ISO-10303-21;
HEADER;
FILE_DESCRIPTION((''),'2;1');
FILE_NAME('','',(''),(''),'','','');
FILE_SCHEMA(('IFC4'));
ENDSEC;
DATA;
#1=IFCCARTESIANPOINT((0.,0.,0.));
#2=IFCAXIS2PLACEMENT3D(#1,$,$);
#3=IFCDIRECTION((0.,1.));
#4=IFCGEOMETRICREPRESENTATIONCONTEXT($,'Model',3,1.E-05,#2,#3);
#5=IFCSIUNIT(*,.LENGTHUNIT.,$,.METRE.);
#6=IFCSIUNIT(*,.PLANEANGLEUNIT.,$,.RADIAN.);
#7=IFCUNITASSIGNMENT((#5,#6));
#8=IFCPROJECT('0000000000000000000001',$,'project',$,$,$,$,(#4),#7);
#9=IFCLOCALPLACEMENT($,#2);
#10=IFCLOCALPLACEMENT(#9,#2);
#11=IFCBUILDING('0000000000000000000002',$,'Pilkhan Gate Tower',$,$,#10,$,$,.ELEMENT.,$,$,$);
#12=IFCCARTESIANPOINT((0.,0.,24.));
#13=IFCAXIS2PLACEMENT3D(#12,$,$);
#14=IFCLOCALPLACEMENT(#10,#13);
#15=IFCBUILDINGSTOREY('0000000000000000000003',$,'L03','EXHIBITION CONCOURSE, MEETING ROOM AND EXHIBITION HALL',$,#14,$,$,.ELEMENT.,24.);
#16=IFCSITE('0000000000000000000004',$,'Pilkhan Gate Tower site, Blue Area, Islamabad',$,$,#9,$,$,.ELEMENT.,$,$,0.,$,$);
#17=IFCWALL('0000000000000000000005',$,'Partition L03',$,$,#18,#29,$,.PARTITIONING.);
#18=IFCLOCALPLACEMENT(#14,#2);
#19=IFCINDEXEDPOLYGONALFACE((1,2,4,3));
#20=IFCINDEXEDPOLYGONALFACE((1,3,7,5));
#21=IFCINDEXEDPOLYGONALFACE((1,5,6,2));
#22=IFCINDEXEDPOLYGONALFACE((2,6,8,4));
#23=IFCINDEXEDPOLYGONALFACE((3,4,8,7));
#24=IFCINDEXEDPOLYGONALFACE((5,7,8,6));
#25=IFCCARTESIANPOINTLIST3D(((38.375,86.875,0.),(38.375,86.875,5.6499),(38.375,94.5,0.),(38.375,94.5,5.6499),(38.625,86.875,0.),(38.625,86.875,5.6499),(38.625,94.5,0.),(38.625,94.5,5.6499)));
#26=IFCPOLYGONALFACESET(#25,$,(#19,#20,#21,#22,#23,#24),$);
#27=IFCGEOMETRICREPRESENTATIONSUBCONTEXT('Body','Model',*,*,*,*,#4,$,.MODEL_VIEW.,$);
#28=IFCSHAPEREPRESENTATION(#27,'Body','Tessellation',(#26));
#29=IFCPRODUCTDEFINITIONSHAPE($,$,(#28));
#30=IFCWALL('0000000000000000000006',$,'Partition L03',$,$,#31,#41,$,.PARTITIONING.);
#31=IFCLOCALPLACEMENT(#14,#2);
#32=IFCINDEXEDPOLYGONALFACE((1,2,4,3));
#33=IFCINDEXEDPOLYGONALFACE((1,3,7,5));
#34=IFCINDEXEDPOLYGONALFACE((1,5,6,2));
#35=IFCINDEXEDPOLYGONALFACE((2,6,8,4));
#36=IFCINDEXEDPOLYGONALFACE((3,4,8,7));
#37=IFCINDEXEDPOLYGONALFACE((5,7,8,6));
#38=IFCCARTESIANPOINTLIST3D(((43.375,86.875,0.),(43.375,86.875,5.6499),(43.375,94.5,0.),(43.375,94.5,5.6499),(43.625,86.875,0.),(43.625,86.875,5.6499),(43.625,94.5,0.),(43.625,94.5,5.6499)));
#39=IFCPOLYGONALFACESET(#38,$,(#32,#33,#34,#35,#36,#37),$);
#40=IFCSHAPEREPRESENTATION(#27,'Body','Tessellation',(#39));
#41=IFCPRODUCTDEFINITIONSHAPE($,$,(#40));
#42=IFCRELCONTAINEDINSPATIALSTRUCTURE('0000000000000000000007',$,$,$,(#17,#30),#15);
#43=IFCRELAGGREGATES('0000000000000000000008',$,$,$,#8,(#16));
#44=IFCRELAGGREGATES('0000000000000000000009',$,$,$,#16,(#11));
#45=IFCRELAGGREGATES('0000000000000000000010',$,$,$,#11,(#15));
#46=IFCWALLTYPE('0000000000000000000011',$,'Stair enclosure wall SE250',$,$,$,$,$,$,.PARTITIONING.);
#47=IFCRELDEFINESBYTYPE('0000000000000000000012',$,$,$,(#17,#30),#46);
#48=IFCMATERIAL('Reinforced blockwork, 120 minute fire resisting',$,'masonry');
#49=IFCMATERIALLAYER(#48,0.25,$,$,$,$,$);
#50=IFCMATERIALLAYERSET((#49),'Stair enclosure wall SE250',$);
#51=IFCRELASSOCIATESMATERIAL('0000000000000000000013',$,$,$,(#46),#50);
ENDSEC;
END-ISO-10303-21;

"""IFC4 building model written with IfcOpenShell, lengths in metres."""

from ifc_helpers import new_model, si_unit, direction, frame, frame_2d, origin, place, context, subcontext, project, spatial, rectangle, extrude, material, layer, layer_set, type_object, element, save


model = new_model("IFC4")

# Units and contexts
model_context = context("Model", 3, precision=1e-05, world=origin(), true_north=direction((0.0, 1.0)))
body_context = subcontext(model_context, "Body", "Model", "MODEL_VIEW")
ifc_project = project(units=[si_unit("LENGTHUNIT", "METRE"), si_unit("PLANEANGLEUNIT", "RADIAN")], contexts=[model_context])

# Site, building, storey
site_placement = place(None, origin())
site = spatial("IfcSite", under=ifc_project, at=site_placement, Name="Pilkhan Gate Tower site, Blue Area, Islamabad", CompositionType="ELEMENT", RefElevation=0.0)
building_placement = place(site_placement, origin())
building = spatial("IfcBuilding", under=site, at=building_placement, Name="Pilkhan Gate Tower", CompositionType="ELEMENT")
storey_placement = place(building_placement, frame((0.0, 0.0, 24.0)))
storey = spatial("IfcBuildingStorey", under=building, at=storey_placement, Name="L03", Description="EXHIBITION CONCOURSE, MEETING ROOM AND EXHIBITION HALL", CompositionType="ELEMENT", Elevation=24.0)

# Shared definitions
ifc_material_1 = material(Name="Reinforced blockwork, 120 minute fire resisting", Category="masonry")
ifc_layer_1 = layer(ifc_material_1, 0.25)
ifc_layer_set_1 = layer_set([ifc_layer_1], Name="Stair enclosure wall SE250")
wall_type_1 = type_object("IfcWallType", Name="Stair enclosure wall SE250", PredefinedType="PARTITIONING", material=ifc_layer_set_1)

# Walls
for number, where, z_axis, x_axis, name in (
    (1, (38.5, 86.875, 0.0), (0.0, 0.0, 1.0), (0.0, 1.0, 0.0), "Partition L03"),
    (2, (43.5, 86.875, 0.0), (0.0, 0.0, 1.0), (0.0, 1.0, 0.0), "Partition L03"),
):
    element("IfcWall", number, at=place(storey_placement, frame(where, z_axis=z_axis, x_axis=x_axis)), inside=storey, type_object=wall_type_1, Name=name, PredefinedType="PARTITIONING", context=body_context, shape_type="SweptSolid", body=[
        extrude(rectangle(XDim=7.625, YDim=0.25, at=frame_2d((3.8125, 0.0))), origin(), (0.0, 0.0, 1.0), 5.6499),
    ])

save(model, "model.ifc")
